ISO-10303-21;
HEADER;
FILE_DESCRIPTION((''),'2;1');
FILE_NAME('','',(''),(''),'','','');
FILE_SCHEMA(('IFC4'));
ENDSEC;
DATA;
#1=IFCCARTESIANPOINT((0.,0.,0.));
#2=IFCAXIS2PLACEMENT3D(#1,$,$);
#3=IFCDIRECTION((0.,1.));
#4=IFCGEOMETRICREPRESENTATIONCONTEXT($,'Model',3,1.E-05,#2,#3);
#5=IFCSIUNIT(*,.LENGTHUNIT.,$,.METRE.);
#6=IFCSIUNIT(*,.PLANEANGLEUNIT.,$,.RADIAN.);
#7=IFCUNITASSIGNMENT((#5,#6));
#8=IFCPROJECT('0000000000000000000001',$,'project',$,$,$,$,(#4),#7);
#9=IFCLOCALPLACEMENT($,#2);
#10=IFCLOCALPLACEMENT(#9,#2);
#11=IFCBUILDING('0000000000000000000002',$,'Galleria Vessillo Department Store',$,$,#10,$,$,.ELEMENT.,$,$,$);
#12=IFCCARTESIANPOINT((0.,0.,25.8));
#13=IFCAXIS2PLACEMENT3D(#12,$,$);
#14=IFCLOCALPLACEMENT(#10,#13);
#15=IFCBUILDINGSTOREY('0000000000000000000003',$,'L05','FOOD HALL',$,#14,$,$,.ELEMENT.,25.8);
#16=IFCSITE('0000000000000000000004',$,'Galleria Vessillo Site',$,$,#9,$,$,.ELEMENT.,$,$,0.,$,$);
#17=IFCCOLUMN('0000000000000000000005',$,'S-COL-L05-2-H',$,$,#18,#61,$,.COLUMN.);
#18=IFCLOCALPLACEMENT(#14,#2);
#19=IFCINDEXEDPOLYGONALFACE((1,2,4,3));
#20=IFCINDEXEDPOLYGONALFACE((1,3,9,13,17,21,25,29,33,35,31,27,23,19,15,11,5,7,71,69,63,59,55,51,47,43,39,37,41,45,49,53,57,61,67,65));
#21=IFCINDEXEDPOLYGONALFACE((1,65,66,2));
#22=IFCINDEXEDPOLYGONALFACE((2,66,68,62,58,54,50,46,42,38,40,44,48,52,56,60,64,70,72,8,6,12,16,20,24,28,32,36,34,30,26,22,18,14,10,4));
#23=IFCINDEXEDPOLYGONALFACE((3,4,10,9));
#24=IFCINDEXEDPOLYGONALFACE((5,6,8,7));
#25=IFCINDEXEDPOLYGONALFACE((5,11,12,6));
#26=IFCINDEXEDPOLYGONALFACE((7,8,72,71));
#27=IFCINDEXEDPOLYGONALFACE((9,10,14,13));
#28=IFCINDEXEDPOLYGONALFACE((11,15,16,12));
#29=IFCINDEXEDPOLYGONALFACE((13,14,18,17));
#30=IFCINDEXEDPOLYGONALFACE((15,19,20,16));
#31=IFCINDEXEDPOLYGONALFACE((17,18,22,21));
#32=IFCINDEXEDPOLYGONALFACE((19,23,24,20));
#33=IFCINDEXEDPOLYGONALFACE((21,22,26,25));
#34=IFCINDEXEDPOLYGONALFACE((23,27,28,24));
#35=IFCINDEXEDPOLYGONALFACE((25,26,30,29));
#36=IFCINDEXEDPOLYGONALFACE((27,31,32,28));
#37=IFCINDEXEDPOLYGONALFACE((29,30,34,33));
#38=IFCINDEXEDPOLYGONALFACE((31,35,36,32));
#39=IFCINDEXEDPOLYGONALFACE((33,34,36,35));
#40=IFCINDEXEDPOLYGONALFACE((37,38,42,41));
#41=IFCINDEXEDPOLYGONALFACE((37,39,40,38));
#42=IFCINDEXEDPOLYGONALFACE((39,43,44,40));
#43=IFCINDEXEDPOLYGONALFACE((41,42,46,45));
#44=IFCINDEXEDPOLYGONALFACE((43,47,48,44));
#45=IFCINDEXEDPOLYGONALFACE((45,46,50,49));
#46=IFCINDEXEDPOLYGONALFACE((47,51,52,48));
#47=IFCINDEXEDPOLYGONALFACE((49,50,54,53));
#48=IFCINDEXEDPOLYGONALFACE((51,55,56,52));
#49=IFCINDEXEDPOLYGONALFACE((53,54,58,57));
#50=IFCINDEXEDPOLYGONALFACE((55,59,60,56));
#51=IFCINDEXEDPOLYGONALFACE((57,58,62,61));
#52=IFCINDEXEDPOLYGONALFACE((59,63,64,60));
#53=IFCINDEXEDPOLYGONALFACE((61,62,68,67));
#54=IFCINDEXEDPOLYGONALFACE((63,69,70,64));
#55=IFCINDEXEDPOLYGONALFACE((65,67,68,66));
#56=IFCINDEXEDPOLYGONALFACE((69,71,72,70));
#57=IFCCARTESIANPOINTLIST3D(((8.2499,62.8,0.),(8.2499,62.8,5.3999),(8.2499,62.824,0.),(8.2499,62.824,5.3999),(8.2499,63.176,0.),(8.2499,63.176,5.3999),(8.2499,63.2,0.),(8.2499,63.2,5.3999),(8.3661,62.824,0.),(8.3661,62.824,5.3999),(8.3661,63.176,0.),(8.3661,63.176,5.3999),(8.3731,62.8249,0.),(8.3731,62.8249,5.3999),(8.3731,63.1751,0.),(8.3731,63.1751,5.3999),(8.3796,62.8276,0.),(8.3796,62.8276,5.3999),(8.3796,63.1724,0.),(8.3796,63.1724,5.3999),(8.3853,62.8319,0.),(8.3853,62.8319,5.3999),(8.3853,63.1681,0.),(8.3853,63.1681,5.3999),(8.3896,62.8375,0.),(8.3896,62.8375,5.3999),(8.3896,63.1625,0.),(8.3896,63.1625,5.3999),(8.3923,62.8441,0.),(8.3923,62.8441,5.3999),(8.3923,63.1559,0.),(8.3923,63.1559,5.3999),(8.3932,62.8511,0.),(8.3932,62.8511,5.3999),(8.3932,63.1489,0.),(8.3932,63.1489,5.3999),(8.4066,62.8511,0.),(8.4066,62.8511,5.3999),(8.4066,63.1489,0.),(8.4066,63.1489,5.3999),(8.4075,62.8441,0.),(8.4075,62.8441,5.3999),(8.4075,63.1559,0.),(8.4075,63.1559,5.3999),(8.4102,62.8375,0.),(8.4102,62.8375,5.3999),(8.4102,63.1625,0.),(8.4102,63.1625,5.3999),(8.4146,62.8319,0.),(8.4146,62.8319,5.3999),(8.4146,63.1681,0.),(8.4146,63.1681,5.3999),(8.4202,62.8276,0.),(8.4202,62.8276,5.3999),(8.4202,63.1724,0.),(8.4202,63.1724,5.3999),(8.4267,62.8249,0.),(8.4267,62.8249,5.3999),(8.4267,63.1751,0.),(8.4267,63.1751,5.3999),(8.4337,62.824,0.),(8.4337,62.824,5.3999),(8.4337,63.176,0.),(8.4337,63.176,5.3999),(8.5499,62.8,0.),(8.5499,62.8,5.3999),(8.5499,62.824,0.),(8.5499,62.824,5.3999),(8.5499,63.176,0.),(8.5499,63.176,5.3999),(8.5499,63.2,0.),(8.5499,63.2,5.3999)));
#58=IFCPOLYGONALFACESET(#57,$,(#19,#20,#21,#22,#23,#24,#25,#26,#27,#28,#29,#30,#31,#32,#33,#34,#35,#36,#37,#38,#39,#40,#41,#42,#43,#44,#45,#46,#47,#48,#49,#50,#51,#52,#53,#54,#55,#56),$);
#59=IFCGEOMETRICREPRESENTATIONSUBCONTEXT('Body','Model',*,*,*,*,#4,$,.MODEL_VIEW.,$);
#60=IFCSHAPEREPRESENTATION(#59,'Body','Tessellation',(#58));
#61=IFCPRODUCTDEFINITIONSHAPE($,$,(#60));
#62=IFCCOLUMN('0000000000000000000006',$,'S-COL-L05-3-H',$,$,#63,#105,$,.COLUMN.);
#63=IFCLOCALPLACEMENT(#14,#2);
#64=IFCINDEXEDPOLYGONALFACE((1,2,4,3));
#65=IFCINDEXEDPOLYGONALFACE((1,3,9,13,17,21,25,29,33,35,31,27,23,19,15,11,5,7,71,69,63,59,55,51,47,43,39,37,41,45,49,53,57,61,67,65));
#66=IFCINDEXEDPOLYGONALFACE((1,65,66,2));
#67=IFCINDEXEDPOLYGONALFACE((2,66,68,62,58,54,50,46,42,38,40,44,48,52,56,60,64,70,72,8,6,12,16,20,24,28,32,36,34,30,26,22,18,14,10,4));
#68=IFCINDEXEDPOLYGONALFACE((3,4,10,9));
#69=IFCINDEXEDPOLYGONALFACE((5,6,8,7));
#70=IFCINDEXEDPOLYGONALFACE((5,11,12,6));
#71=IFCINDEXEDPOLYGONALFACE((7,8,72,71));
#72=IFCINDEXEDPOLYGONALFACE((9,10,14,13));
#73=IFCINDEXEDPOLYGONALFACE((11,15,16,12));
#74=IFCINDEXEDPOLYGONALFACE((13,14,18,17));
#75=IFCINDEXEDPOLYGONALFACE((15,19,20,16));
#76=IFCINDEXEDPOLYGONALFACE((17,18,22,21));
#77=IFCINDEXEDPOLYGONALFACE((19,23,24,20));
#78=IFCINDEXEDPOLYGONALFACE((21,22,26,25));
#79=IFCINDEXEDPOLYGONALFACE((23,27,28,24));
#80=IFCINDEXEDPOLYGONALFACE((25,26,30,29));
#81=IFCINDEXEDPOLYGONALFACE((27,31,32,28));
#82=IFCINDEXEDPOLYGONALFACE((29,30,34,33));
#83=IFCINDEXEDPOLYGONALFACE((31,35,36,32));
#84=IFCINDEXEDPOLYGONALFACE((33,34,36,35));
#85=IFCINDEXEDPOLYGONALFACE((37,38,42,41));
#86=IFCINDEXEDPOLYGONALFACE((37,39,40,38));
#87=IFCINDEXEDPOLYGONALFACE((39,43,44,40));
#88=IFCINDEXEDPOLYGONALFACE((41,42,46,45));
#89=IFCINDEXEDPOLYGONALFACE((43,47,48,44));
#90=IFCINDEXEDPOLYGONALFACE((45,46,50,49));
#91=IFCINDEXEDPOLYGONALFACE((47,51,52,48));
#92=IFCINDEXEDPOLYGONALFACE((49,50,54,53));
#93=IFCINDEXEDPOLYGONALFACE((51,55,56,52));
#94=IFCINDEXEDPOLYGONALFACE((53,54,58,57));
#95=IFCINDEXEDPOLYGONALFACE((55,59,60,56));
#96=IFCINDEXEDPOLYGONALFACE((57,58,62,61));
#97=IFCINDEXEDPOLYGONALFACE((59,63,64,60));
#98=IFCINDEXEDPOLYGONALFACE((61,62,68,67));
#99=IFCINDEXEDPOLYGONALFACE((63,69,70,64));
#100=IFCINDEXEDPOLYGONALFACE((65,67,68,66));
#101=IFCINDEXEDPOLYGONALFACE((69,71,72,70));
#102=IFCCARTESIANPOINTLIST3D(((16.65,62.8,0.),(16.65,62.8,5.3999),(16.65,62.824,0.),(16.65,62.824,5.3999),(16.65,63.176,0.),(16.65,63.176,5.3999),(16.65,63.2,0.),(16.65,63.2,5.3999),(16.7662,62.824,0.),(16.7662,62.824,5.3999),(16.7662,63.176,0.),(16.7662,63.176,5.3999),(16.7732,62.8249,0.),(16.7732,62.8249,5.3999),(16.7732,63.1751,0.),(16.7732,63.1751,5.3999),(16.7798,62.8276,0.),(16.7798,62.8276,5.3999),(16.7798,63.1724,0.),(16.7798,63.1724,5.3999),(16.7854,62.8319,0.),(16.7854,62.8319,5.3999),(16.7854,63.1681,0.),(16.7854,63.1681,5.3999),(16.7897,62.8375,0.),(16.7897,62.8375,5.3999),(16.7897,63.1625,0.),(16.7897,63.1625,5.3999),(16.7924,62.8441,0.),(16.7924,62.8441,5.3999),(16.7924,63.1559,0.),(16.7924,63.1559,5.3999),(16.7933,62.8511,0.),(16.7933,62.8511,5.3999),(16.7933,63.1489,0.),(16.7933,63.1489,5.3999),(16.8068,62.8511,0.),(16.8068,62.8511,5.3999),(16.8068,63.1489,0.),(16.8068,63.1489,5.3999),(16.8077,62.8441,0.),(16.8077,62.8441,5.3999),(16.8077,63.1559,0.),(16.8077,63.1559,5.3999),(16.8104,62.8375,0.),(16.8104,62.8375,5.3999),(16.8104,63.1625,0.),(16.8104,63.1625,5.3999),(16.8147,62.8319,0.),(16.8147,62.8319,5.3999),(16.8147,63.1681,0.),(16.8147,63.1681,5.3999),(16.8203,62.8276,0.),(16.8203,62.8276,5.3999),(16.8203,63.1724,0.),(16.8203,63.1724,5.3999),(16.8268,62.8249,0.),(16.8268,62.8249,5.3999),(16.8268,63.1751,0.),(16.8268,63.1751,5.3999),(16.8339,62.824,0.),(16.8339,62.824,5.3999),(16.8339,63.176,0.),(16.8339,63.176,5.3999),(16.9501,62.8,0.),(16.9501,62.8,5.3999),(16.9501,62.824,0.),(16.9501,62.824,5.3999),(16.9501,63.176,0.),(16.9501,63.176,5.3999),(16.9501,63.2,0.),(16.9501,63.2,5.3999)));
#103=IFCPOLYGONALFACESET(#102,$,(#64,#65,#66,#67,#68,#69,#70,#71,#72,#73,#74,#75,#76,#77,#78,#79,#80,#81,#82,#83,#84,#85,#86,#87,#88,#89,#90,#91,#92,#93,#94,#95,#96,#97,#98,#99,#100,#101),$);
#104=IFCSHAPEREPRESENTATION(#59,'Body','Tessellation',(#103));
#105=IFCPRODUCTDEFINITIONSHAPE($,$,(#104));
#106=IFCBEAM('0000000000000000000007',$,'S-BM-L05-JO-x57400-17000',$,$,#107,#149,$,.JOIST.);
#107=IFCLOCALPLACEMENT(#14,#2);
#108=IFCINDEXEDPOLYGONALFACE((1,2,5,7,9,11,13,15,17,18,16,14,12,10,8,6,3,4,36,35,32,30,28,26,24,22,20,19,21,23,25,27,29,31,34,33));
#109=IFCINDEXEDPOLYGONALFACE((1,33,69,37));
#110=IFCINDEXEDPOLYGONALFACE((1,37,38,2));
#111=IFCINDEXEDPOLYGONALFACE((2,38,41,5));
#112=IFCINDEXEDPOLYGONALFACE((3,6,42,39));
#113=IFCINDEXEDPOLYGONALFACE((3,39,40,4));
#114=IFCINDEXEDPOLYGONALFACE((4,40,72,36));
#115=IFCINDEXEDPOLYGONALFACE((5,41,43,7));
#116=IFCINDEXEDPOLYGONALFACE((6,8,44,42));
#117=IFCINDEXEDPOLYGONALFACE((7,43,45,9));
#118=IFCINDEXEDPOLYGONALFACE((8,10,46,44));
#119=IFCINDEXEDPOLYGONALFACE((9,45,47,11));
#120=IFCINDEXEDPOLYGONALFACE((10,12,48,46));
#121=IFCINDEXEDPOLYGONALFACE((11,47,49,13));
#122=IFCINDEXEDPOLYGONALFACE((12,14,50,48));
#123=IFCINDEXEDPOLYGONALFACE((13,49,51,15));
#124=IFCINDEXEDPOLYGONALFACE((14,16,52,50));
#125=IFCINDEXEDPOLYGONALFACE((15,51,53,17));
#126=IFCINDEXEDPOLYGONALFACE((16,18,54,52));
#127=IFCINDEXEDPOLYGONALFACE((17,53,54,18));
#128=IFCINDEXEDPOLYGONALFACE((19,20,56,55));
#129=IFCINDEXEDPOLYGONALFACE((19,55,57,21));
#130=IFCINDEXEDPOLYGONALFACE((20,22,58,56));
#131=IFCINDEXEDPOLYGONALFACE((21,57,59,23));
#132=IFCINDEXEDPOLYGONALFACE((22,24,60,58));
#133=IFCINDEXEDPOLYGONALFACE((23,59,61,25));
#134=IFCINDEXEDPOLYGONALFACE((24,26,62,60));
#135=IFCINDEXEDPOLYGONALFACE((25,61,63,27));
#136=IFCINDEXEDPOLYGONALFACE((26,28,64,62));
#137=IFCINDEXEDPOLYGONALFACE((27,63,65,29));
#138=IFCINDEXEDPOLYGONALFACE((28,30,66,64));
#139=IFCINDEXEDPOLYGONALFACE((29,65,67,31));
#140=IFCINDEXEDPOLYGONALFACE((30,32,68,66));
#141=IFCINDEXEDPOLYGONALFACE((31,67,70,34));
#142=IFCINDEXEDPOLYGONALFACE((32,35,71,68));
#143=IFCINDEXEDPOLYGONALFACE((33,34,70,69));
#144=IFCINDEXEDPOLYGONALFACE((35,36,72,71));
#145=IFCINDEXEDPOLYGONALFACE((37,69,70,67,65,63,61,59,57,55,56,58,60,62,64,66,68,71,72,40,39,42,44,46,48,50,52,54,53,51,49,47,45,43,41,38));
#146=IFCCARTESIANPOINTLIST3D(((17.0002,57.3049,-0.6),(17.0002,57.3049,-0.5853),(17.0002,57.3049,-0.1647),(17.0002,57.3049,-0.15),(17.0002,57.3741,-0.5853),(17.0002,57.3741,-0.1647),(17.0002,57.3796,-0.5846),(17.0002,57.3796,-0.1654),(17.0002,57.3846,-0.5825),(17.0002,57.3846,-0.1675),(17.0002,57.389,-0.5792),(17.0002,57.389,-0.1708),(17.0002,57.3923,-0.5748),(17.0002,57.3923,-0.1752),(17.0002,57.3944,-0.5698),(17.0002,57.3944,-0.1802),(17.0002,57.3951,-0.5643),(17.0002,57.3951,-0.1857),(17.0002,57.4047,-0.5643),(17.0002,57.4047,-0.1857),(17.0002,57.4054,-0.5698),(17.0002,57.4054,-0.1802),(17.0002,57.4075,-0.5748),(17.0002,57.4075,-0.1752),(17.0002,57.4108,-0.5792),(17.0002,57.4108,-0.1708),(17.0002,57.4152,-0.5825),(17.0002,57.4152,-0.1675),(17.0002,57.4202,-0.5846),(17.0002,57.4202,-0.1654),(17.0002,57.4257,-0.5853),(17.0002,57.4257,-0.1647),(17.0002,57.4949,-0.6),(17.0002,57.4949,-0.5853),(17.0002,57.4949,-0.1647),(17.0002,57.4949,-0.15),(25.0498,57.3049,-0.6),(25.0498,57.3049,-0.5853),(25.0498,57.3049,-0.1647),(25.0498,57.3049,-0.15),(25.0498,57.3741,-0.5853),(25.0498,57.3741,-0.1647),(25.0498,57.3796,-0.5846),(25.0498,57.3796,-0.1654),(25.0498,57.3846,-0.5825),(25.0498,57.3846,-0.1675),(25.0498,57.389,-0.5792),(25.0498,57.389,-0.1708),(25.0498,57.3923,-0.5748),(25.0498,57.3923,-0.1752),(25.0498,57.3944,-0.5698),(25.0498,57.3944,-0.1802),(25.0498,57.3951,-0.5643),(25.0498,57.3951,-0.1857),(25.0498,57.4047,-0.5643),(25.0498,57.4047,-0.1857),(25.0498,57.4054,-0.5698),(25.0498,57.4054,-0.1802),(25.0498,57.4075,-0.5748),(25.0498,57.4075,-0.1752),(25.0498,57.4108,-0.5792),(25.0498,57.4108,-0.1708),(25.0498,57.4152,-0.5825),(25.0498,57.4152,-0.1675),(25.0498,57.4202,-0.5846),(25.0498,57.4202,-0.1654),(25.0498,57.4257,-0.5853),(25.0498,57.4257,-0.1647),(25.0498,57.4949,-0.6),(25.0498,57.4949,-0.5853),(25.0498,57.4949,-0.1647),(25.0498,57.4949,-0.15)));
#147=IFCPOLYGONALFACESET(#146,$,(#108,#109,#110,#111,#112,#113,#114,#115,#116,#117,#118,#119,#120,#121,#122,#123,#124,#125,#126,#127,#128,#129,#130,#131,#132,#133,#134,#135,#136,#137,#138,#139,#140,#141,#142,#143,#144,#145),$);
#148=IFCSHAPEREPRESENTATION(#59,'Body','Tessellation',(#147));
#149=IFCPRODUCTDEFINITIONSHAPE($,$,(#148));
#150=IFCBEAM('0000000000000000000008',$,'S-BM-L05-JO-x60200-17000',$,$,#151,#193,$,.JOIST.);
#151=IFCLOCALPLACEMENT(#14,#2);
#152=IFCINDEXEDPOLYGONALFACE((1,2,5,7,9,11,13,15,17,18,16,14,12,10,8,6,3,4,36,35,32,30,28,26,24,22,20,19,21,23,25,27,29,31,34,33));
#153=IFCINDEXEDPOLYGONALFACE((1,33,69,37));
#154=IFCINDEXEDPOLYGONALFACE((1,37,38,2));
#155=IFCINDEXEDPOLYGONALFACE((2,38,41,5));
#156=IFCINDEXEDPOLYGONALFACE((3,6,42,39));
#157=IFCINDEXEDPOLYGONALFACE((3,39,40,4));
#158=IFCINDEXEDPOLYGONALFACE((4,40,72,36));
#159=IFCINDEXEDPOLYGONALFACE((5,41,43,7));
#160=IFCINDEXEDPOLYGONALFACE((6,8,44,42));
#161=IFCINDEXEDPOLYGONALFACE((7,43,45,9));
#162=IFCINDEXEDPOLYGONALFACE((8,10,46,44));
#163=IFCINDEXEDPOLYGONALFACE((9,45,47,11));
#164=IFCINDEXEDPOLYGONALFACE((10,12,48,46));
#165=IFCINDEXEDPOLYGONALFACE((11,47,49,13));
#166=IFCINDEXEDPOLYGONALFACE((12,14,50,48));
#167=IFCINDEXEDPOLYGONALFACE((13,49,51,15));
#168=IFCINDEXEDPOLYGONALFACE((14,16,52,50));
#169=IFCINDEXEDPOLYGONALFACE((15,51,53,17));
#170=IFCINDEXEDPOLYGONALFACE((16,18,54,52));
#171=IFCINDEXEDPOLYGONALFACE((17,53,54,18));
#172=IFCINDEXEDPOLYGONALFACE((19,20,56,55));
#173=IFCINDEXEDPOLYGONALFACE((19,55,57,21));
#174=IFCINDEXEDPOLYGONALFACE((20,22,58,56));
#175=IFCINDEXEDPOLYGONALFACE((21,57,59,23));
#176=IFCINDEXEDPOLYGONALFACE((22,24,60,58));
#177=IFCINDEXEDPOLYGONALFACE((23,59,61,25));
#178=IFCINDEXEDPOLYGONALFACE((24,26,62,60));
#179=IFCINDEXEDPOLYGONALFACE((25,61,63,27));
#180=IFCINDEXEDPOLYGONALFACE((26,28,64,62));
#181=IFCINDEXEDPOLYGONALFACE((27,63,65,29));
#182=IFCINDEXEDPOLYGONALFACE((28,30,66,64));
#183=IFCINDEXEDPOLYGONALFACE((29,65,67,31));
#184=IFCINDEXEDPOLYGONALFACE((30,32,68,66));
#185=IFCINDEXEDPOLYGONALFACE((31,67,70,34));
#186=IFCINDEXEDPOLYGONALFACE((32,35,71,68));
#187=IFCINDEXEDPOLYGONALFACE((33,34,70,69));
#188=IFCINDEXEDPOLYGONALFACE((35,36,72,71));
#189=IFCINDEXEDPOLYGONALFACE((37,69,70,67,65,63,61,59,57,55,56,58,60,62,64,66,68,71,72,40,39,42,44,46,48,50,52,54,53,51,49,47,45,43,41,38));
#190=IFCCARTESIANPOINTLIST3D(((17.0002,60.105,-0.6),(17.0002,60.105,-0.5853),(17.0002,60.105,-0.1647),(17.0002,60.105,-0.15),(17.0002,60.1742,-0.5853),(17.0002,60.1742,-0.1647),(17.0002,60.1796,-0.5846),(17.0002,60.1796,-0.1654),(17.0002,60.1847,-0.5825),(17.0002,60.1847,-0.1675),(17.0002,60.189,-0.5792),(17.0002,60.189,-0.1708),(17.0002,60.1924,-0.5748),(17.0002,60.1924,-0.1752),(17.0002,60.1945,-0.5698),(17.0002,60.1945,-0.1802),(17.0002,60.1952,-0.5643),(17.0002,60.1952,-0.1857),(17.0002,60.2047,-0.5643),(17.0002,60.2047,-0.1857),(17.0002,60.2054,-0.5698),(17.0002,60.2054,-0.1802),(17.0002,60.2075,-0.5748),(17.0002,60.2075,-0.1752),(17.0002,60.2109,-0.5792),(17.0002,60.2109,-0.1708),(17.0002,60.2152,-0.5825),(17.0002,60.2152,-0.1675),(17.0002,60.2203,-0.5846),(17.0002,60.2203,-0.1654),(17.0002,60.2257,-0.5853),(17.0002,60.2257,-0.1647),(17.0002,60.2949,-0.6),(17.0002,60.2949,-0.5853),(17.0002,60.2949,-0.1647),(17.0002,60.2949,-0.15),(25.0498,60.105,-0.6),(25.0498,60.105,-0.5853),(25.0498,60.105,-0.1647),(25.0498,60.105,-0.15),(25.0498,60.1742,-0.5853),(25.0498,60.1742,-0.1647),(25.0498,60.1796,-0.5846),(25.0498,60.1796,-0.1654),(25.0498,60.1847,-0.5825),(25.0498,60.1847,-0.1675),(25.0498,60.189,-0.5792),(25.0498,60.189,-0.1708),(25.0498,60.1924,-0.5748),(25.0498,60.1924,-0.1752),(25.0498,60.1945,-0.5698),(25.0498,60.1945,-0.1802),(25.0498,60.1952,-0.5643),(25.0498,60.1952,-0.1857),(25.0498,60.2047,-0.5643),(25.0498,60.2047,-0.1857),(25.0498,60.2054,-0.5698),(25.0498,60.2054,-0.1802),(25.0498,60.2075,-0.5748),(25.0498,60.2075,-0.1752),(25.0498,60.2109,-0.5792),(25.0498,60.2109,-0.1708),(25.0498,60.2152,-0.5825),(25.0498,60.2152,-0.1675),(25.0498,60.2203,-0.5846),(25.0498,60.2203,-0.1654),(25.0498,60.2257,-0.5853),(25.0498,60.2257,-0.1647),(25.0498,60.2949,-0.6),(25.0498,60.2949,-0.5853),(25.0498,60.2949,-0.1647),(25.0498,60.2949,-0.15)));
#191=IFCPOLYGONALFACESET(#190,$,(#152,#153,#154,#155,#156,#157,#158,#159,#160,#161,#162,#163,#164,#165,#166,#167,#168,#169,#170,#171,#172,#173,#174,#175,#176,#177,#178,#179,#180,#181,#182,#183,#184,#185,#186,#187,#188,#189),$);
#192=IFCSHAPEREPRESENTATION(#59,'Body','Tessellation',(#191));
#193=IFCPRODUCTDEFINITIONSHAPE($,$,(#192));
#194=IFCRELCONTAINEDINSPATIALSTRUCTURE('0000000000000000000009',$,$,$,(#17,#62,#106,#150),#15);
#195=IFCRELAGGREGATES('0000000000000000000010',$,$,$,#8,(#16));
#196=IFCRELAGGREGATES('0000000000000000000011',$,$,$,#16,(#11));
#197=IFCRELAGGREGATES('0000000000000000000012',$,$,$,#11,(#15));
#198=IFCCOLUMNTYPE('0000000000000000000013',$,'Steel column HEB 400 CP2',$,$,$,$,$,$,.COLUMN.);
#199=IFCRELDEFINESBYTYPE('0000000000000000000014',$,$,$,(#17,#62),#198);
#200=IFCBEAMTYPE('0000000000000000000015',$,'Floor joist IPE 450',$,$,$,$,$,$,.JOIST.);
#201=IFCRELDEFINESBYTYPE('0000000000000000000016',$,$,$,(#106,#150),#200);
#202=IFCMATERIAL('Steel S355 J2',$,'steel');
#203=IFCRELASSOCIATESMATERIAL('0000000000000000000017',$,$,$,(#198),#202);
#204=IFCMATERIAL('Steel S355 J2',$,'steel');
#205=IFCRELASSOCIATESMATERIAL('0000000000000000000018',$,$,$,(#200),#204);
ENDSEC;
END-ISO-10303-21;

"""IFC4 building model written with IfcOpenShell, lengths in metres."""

from ifc_helpers import new_model, si_unit, direction, frame, origin, origin_2d, place, context, subcontext, project, spatial, i_section, extrude, material, material_profile, profile_set, type_object, element, save


model = new_model("IFC4")

# Units and contexts
model_context = context("Model", 3, precision=1e-05, world=origin(), true_north=direction((0.0, 1.0)))
body_context = subcontext(model_context, "Body", "Model", "MODEL_VIEW")
ifc_project = project(units=[si_unit("LENGTHUNIT", "METRE"), si_unit("PLANEANGLEUNIT", "RADIAN")], contexts=[model_context])

# Site, building, storey
site_placement = place(None, origin())
site = spatial("IfcSite", under=ifc_project, at=site_placement, Name="Galleria Vessillo Site", CompositionType="ELEMENT", RefElevation=0.0)
building_placement = place(site_placement, origin())
building = spatial("IfcBuilding", under=site, at=building_placement, Name="Galleria Vessillo Department Store", CompositionType="ELEMENT")
storey_placement = place(building_placement, frame((0.0, 0.0, 25.8)))
storey = spatial("IfcBuildingStorey", under=building, at=storey_placement, Name="L05", Description="FOOD HALL", CompositionType="ELEMENT", Elevation=25.8)

# Columns
ifc_material_1 = material(Name="Steel S355 J2", Category="steel")
ifc_material_profile_1 = material_profile(ifc_material_1, i_section(OverallWidth=0.3, OverallDepth=0.3999, WebThickness=0.0134, FlangeThickness=0.0239, FilletRadius=0.0271, at=origin_2d()), Name="HEB 400")
ifc_profile_set_1 = profile_set([ifc_material_profile_1], Name="Steel S355 J2")
column_type = type_object("IfcColumnType", Name="Steel column HEB 400 CP2", PredefinedType="COLUMN", material=ifc_profile_set_1)
for number, where, z_axis, x_axis, name in (
    (1, (8.3999, 63.0, 0.0), (0.0, 0.0, 1.0), (1.0, 0.0, 0.0), "S-COL-L05-2-H"),
    (2, (16.8, 63.0, 0.0), (0.0, 0.0, 1.0), (1.0, 0.0, 0.0), "S-COL-L05-3-H"),
):
    element("IfcColumn", number, at=place(storey_placement, frame(where, z_axis=z_axis, x_axis=x_axis)), inside=storey, type_object=column_type, Name=name, PredefinedType="COLUMN", context=body_context, shape_type="SweptSolid", body=[
        extrude(i_section(OverallWidth=0.3, OverallDepth=0.3999, WebThickness=0.0134, FlangeThickness=0.0239, FilletRadius=0.0271, at=origin_2d()), origin(), (0.0, 0.0, 1.0), 5.3999),
    ])

# Beams
ifc_material_2 = material(Name="Steel S355 J2", Category="steel")
ifc_material_profile_2 = material_profile(ifc_material_2, i_section(OverallWidth=0.1899, OverallDepth=0.45, WebThickness=0.0095, FlangeThickness=0.0146, FilletRadius=0.021, at=origin_2d()), Name="IPE 450")
ifc_profile_set_2 = profile_set([ifc_material_profile_2], Name="Steel S355 J2")
beam_type = type_object("IfcBeamType", Name="Floor joist IPE 450", PredefinedType="JOIST", material=ifc_profile_set_2)
for number, where, z_axis, x_axis, name in (
    (3, (17.0002, 57.3999, -0.375), (1.0, 0.0, 0.0), (0.0, 1.0, 0.0), "S-BM-L05-JO-x57400-17000"),
    (4, (17.0002, 60.2, -0.375), (1.0, 0.0, 0.0), (0.0, 1.0, 0.0), "S-BM-L05-JO-x60200-17000"),
):
    element("IfcBeam", number, at=place(storey_placement, frame(where, z_axis=z_axis, x_axis=x_axis)), inside=storey, type_object=beam_type, Name=name, PredefinedType="JOIST", context=body_context, shape_type="SweptSolid", body=[
        extrude(i_section(OverallWidth=0.1899, OverallDepth=0.45, WebThickness=0.0095, FlangeThickness=0.0146, FilletRadius=0.021, at=origin_2d()), origin(), (0.0, 0.0, 1.0), 8.0496),
    ])

save(model, "model.ifc")
